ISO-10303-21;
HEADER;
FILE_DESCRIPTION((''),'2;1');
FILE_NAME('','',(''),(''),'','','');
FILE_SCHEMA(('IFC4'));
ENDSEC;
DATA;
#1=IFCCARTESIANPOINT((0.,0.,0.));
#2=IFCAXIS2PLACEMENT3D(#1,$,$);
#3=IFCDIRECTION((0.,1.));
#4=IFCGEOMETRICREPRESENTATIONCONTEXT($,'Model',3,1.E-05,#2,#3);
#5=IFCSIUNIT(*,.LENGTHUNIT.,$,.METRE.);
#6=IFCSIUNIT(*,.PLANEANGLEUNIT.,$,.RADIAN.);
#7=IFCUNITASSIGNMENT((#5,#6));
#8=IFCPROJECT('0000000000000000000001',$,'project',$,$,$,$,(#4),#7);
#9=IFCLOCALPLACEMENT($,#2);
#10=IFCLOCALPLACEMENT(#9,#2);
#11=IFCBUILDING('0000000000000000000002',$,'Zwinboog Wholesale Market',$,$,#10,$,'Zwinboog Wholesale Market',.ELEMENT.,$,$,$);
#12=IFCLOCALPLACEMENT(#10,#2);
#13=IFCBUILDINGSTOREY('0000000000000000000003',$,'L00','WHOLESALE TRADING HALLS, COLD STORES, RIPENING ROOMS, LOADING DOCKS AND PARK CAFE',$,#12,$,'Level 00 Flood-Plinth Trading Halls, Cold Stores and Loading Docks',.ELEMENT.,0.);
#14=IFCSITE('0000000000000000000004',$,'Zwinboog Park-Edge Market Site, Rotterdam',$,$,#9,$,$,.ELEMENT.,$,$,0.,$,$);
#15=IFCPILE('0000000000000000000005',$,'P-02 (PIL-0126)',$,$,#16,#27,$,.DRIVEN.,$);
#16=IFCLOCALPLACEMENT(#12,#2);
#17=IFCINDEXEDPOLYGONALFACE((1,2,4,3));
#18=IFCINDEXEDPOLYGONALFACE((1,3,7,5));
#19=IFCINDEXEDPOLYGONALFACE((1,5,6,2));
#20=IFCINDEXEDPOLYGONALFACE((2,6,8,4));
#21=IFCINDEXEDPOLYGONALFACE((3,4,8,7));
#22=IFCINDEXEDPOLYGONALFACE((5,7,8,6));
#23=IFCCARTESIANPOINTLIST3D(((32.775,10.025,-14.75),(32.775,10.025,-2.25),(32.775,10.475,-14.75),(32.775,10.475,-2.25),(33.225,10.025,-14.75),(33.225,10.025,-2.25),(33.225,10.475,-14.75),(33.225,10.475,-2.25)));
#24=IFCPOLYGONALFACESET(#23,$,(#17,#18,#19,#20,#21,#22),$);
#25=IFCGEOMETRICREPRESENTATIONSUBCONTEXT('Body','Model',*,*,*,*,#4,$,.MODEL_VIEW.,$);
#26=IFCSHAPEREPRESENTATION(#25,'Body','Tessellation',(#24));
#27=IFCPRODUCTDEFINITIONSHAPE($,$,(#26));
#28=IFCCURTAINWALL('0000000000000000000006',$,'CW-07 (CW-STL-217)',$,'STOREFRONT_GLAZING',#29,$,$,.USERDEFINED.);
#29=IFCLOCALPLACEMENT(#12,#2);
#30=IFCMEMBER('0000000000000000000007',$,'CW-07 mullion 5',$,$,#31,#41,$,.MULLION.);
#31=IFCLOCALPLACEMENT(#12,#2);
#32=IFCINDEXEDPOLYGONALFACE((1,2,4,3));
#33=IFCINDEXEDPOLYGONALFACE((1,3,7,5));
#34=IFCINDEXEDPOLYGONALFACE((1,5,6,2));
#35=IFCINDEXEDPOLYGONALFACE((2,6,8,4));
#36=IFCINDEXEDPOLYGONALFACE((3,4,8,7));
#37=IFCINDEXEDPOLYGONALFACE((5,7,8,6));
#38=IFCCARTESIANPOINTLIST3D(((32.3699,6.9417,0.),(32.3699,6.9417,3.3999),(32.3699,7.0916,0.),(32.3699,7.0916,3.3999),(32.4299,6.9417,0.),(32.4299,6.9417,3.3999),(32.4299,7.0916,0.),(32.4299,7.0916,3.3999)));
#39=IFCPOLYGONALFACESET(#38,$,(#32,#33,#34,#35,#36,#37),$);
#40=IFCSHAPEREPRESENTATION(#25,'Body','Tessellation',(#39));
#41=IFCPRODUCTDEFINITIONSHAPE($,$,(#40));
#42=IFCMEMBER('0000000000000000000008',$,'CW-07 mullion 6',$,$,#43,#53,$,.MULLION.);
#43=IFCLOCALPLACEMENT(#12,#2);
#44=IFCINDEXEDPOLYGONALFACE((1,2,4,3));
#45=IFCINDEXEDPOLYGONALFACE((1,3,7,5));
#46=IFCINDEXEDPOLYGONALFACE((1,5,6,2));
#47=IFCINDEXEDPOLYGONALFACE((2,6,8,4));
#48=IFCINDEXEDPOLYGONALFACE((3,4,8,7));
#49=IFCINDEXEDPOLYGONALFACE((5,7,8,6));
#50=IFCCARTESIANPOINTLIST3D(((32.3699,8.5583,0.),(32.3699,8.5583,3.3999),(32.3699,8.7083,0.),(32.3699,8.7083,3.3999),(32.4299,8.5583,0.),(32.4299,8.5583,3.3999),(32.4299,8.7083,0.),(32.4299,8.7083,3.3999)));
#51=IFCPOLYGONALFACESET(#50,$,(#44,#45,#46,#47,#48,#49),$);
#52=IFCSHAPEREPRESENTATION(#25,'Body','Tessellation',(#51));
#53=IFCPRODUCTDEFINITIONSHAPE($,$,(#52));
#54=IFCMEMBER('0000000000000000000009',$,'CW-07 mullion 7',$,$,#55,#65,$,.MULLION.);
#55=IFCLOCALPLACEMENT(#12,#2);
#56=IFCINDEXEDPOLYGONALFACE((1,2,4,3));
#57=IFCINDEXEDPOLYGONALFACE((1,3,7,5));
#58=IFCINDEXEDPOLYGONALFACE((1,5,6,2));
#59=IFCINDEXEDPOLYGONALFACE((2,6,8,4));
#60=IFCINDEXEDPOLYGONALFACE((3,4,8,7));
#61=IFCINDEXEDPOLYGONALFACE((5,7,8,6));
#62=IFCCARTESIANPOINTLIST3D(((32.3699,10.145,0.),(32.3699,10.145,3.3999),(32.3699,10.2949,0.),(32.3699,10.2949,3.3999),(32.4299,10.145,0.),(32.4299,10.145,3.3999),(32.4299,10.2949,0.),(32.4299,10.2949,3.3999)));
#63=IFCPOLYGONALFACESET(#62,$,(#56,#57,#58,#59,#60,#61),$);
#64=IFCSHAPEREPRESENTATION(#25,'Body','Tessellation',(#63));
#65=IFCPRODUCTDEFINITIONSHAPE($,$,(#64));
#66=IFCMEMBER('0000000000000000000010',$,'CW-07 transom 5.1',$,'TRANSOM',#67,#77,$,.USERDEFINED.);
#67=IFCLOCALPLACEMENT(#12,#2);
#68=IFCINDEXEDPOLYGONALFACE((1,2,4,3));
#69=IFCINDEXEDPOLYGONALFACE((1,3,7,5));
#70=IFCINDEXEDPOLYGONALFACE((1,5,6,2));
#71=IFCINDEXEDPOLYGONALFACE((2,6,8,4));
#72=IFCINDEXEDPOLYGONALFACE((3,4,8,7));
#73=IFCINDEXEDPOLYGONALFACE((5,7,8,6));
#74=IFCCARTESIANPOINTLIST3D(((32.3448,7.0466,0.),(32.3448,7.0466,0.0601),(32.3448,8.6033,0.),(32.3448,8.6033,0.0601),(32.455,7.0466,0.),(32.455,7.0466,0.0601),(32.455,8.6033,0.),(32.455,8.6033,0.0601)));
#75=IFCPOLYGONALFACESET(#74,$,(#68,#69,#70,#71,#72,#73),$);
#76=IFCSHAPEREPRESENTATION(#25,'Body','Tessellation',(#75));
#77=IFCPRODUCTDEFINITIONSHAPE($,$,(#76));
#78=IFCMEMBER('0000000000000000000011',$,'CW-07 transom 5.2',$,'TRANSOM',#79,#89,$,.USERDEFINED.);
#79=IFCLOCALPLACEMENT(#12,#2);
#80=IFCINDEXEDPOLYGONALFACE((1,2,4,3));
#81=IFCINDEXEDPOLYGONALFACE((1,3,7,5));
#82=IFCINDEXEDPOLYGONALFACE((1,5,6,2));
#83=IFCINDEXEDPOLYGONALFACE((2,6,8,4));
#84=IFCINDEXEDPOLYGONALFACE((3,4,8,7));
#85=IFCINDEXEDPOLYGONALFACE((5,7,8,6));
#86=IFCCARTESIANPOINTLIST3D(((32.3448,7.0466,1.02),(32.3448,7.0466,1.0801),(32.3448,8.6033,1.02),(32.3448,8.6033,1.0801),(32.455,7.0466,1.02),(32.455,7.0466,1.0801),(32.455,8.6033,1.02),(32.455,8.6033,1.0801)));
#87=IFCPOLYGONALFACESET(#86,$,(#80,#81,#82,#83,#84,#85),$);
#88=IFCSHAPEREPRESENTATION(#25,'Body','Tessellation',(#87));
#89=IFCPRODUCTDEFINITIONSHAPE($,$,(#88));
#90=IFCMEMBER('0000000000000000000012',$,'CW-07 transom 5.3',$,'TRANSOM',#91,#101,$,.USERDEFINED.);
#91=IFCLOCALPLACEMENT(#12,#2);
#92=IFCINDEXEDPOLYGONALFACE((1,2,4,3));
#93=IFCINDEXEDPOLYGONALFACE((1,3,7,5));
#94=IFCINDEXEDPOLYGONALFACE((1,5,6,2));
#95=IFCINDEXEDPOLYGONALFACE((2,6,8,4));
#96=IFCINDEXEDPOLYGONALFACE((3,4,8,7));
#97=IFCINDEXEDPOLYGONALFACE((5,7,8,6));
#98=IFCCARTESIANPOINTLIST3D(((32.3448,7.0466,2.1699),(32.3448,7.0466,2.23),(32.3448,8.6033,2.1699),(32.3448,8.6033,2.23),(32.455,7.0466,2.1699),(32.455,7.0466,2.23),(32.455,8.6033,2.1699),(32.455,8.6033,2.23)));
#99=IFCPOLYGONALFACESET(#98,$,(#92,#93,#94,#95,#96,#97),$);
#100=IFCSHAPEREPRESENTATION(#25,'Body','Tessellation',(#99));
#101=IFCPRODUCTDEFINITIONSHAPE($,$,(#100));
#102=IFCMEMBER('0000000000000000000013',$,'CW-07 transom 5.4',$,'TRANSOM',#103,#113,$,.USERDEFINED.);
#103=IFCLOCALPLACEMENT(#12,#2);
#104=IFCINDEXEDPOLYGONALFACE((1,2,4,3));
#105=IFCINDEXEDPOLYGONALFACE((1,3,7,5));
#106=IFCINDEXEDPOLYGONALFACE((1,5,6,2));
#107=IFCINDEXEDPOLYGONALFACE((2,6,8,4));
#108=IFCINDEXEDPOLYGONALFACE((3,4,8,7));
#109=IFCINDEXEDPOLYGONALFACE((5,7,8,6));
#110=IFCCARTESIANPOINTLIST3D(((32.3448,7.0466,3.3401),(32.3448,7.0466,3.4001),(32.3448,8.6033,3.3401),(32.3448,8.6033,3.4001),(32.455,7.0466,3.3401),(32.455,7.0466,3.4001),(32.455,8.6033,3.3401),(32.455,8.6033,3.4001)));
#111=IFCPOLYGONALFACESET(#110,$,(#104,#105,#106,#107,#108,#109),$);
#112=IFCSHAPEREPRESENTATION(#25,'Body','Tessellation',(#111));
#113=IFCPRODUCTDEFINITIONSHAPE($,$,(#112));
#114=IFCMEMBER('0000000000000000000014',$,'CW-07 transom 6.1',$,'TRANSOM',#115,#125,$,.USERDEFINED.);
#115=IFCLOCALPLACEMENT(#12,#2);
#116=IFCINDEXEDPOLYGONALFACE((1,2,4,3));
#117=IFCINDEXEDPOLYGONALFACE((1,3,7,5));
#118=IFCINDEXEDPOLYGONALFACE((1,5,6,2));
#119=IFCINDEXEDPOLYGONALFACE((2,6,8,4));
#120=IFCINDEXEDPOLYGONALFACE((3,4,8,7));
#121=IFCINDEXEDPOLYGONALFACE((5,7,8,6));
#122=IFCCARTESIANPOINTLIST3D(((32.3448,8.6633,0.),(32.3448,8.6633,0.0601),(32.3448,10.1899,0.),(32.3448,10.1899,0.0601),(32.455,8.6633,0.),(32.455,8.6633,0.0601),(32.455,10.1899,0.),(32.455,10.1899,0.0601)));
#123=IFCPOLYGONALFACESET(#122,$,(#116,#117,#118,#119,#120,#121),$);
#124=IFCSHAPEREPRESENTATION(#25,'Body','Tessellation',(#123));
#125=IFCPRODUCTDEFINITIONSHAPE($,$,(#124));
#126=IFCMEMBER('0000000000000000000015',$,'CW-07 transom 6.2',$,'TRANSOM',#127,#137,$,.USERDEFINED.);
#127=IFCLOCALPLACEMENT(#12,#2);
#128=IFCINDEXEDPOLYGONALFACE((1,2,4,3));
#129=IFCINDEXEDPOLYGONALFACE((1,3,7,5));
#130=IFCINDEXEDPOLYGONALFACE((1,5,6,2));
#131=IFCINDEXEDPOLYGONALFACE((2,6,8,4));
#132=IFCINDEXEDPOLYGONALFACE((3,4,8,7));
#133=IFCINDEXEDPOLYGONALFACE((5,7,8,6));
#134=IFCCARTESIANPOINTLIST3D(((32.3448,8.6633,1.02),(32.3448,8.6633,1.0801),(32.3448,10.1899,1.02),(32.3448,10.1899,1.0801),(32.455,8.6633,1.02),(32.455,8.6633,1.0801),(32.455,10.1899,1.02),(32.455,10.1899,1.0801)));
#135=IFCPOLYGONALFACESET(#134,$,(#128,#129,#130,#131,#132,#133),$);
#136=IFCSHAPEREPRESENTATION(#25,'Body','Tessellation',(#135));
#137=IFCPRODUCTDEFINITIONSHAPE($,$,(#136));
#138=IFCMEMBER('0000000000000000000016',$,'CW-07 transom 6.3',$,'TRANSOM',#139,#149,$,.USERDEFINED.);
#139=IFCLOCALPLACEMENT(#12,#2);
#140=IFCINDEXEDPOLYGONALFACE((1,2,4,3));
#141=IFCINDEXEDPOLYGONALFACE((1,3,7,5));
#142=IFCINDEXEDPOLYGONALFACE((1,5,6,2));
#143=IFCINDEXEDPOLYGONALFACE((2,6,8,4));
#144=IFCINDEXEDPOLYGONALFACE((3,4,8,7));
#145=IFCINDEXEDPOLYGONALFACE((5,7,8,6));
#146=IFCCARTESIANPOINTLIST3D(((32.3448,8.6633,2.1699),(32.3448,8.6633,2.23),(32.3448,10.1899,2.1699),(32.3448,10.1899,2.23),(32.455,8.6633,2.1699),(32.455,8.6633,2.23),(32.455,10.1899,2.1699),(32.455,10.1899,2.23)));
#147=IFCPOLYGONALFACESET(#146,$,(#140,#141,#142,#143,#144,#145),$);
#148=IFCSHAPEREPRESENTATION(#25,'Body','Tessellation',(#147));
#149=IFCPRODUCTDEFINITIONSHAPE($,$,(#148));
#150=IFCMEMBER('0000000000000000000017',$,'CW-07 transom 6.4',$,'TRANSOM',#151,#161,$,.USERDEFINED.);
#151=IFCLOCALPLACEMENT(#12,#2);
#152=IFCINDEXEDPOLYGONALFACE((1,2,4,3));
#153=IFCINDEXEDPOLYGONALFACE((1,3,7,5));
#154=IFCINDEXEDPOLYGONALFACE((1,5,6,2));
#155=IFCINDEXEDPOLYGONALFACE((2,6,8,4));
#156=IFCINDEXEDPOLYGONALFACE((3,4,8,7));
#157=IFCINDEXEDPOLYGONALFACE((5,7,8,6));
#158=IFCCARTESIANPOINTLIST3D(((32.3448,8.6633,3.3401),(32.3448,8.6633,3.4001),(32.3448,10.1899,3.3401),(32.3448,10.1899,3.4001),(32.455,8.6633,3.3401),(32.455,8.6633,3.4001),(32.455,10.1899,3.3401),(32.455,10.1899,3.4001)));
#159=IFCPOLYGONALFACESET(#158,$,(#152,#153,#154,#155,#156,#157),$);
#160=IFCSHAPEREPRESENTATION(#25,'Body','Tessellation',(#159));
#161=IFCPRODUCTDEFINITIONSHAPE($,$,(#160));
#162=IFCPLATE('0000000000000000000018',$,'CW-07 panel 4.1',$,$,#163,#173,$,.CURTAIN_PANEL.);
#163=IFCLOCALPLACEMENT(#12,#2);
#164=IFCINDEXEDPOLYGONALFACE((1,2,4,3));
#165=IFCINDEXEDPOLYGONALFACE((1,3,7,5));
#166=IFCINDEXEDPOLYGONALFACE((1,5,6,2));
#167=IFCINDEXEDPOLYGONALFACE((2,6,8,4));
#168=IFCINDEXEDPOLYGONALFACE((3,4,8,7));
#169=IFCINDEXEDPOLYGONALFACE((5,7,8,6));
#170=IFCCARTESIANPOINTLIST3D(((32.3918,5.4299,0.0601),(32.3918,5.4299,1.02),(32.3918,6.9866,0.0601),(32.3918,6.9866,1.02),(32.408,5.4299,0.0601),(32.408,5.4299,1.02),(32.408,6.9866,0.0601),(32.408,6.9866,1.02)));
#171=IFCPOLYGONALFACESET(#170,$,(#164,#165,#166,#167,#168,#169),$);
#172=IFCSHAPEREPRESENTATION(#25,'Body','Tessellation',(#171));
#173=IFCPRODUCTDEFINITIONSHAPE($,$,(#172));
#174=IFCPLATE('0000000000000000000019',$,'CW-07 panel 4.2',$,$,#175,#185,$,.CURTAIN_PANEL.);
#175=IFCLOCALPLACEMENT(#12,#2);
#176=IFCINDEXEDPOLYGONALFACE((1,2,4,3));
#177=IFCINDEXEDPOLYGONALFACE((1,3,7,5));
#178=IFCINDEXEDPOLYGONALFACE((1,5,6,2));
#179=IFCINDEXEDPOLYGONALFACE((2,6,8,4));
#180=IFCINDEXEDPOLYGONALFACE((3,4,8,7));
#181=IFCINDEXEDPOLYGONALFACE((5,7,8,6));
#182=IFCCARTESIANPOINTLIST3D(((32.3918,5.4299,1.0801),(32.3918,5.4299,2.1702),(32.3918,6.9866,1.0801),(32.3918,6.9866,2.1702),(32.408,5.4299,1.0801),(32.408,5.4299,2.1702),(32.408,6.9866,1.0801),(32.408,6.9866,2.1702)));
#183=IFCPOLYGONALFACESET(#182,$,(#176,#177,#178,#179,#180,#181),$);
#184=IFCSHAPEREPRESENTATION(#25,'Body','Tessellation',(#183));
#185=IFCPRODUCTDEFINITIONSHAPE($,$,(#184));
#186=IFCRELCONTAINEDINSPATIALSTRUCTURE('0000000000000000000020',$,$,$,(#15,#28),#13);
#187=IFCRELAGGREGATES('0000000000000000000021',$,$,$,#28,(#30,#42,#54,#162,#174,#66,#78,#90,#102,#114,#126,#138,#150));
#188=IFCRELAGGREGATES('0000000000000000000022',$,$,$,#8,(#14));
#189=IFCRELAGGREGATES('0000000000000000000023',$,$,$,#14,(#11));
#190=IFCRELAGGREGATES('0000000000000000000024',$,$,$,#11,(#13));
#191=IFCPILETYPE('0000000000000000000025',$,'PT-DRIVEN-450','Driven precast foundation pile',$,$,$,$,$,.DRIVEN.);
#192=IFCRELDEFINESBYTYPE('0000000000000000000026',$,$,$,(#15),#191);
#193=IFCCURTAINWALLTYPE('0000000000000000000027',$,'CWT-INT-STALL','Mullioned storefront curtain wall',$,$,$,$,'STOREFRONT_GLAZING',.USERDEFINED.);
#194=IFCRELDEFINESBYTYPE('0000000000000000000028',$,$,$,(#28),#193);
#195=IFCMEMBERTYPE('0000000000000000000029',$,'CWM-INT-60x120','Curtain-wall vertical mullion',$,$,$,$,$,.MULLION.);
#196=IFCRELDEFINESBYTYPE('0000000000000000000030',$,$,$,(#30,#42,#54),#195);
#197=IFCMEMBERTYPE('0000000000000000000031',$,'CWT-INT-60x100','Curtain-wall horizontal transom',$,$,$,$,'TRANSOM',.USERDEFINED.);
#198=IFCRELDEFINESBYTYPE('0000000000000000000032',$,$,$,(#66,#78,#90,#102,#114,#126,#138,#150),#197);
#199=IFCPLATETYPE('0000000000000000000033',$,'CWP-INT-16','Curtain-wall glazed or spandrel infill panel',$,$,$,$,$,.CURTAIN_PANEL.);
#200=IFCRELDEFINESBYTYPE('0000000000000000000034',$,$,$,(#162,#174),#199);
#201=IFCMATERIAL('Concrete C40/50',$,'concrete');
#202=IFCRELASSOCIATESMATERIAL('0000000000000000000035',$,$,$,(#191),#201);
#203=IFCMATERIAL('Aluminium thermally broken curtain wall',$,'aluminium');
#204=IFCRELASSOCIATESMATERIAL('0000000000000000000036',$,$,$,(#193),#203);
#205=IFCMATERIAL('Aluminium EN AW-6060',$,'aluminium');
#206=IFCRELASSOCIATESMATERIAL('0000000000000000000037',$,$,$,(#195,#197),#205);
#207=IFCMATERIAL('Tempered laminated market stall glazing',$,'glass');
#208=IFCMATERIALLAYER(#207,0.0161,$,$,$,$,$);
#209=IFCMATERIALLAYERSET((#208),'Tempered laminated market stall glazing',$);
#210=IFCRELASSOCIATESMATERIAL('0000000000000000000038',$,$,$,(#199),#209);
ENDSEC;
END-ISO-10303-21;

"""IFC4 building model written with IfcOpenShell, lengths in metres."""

from ifc_helpers import new_model, si_unit, direction, frame, origin, origin_2d, place, context, subcontext, project, spatial, rectangle, extrude, material, layer, layer_set, material_profile, profile_set, type_object, element, aggregate, save


model = new_model("IFC4")

# Units and contexts
model_context = context("Model", 3, precision=1e-05, world=origin(), true_north=direction((0.0, 1.0)))
body_context = subcontext(model_context, "Body", "Model", "MODEL_VIEW")
ifc_project = project(units=[si_unit("LENGTHUNIT", "METRE"), si_unit("PLANEANGLEUNIT", "RADIAN")], contexts=[model_context])

# Site, building, storey
site_placement = place(None, origin())
site = spatial("IfcSite", under=ifc_project, at=site_placement, Name="Zwinboog Park-Edge Market Site, Rotterdam", CompositionType="ELEMENT", RefElevation=0.0)
building_placement = place(site_placement, origin())
building = spatial("IfcBuilding", under=site, at=building_placement, Name="Zwinboog Wholesale Market", LongName="Zwinboog Wholesale Market", CompositionType="ELEMENT")
storey_placement = place(building_placement, origin())
storey = spatial("IfcBuildingStorey", under=building, at=storey_placement, Name="L00", Description="WHOLESALE TRADING HALLS, COLD STORES, RIPENING ROOMS, LOADING DOCKS AND PARK CAFE", LongName="Level 00 Flood-Plinth Trading Halls, Cold Stores and Loading Docks", CompositionType="ELEMENT", Elevation=0.0)

# Pile
ifc_material_1 = material(Name="Concrete C40/50", Category="concrete")
ifc_material_profile_1 = material_profile(ifc_material_1, rectangle(XDim=0.45, YDim=0.45, at=origin_2d()), Name="PILE SQ450")
ifc_profile_set_1 = profile_set([ifc_material_profile_1], Name="Concrete C40/50")
pile_type = type_object("IfcPileType", Name="PT-DRIVEN-450", Description="Driven precast foundation pile", PredefinedType="DRIVEN", material=ifc_profile_set_1)
pile_placement = place(storey_placement, frame((33.0, 10.25, -2.25), z_axis=(0.0, 0.0, -1.0), x_axis=(1.0, 0.0, 0.0)))
element("IfcPile", 1, at=pile_placement, inside=storey, type_object=pile_type, Name="P-02 (PIL-0126)", PredefinedType="DRIVEN", context=body_context, shape_type="SweptSolid", body=[
    extrude(rectangle(XDim=0.45, YDim=0.45, at=origin_2d()), origin(), (0.0, 0.0, 1.0), 12.5),
])

# Curtain wall, members, plates
ifc_material_2 = material(Name="Aluminium thermally broken curtain wall", Category="aluminium")
curtain_wall_type = type_object("IfcCurtainWallType", Name="CWT-INT-STALL", Description="Mullioned storefront curtain wall", ElementType="STOREFRONT_GLAZING", PredefinedType="USERDEFINED", material=ifc_material_2)
curtain_wall_placement = place(storey_placement, origin())
curtain_wall = element("IfcCurtainWall", 2, at=curtain_wall_placement, inside=storey, type_object=curtain_wall_type, Name="CW-07 (CW-STL-217)", ObjectType="STOREFRONT_GLAZING", PredefinedType="USERDEFINED")
ifc_material_3 = material(Name="Aluminium EN AW-6060", Category="aluminium")
ifc_material_profile_2 = material_profile(ifc_material_3, rectangle(XDim=0.0601, YDim=0.1499, at=origin_2d()), Name="AL 60x150")
ifc_profile_set_2 = profile_set([ifc_material_profile_2], Name="Aluminium EN AW-6060")
member_type_1 = type_object("IfcMemberType", Name="CWM-INT-60x120", Description="Curtain-wall vertical mullion", PredefinedType="MULLION", material=ifc_profile_set_2)
member_1_placement = place(storey_placement, frame((32.3999, 7.0166, 0.0), z_axis=(0.0, 0.0, 1.0), x_axis=(-1.0, 0.0, 0.0)))
member_1 = element("IfcMember", 3, at=member_1_placement, type_object=member_type_1, Name="CW-07 mullion 5", PredefinedType="MULLION", context=body_context, shape_type="SweptSolid", body=[
    extrude(rectangle(XDim=0.0601, YDim=0.1499, at=origin_2d()), origin(), (0.0, 0.0, 1.0), 3.3999),
])
member_2_placement = place(storey_placement, frame((32.3999, 8.6333, 0.0), z_axis=(0.0, 0.0, 1.0), x_axis=(-1.0, 0.0, 0.0)))
member_2 = element("IfcMember", 4, at=member_2_placement, type_object=member_type_1, Name="CW-07 mullion 6", PredefinedType="MULLION", context=body_context, shape_type="SweptSolid", body=[
    extrude(rectangle(XDim=0.0601, YDim=0.1499, at=origin_2d()), origin(), (0.0, 0.0, 1.0), 3.3999),
])
member_3_placement = place(storey_placement, frame((32.3999, 10.22, 0.0), z_axis=(0.0, 0.0, 1.0), x_axis=(-1.0, 0.0, 0.0)))
member_3 = element("IfcMember", 5, at=member_3_placement, type_object=member_type_1, Name="CW-07 mullion 7", PredefinedType="MULLION", context=body_context, shape_type="SweptSolid", body=[
    extrude(rectangle(XDim=0.0601, YDim=0.1499, at=origin_2d()), origin(), (0.0, 0.0, 1.0), 3.3999),
])
ifc_material_profile_3 = material_profile(ifc_material_3, rectangle(XDim=0.1101, YDim=0.0601, at=origin_2d()), Name="AL 60x110")
ifc_profile_set_3 = profile_set([ifc_material_profile_3], Name="Aluminium EN AW-6060")
member_type_2 = type_object("IfcMemberType", Name="CWT-INT-60x100", Description="Curtain-wall horizontal transom", ElementType="TRANSOM", PredefinedType="USERDEFINED", material=ifc_profile_set_3)
member_4_placement = place(storey_placement, frame((32.3999, 7.0466, 0.03), z_axis=(0.0, 1.0, 0.0), x_axis=(-1.0, 0.0, 0.0)))
member_4 = element("IfcMember", 6, at=member_4_placement, type_object=member_type_2, Name="CW-07 transom 5.1", ObjectType="TRANSOM", PredefinedType="USERDEFINED", context=body_context, shape_type="SweptSolid", body=[
    extrude(rectangle(XDim=0.1101, YDim=0.0601, at=origin_2d()), origin(), (0.0, 0.0, 1.0), 1.5566),
])
member_5_placement = place(storey_placement, frame((32.3999, 7.0466, 1.05), z_axis=(0.0, 1.0, 0.0), x_axis=(-1.0, 0.0, 0.0)))
member_5 = element("IfcMember", 7, at=member_5_placement, type_object=member_type_2, Name="CW-07 transom 5.2", ObjectType="TRANSOM", PredefinedType="USERDEFINED", context=body_context, shape_type="SweptSolid", body=[
    extrude(rectangle(XDim=0.1101, YDim=0.0601, at=origin_2d()), origin(), (0.0, 0.0, 1.0), 1.5566),
])
member_6_placement = place(storey_placement, frame((32.3999, 7.0466, 2.2), z_axis=(0.0, 1.0, 0.0), x_axis=(-1.0, 0.0, 0.0)))
member_6 = element("IfcMember", 8, at=member_6_placement, type_object=member_type_2, Name="CW-07 transom 5.3", ObjectType="TRANSOM", PredefinedType="USERDEFINED", context=body_context, shape_type="SweptSolid", body=[
    extrude(rectangle(XDim=0.1101, YDim=0.0601, at=origin_2d()), origin(), (0.0, 0.0, 1.0), 1.5566),
])
member_7_placement = place(storey_placement, frame((32.3999, 7.0466, 3.3701), z_axis=(0.0, 1.0, 0.0), x_axis=(-1.0, 0.0, 0.0)))
member_7 = element("IfcMember", 9, at=member_7_placement, type_object=member_type_2, Name="CW-07 transom 5.4", ObjectType="TRANSOM", PredefinedType="USERDEFINED", context=body_context, shape_type="SweptSolid", body=[
    extrude(rectangle(XDim=0.1101, YDim=0.0601, at=origin_2d()), origin(), (0.0, 0.0, 1.0), 1.5566),
])
member_8_placement = place(storey_placement, frame((32.3999, 8.6633, 0.03), z_axis=(0.0, 1.0, 0.0), x_axis=(-1.0, 0.0, 0.0)))
member_8 = element("IfcMember", 10, at=member_8_placement, type_object=member_type_2, Name="CW-07 transom 6.1", ObjectType="TRANSOM", PredefinedType="USERDEFINED", context=body_context, shape_type="SweptSolid", body=[
    extrude(rectangle(XDim=0.1101, YDim=0.0601, at=origin_2d()), origin(), (0.0, 0.0, 1.0), 1.5266),
])
member_9_placement = place(storey_placement, frame((32.3999, 8.6633, 1.05), z_axis=(0.0, 1.0, 0.0), x_axis=(-1.0, 0.0, 0.0)))
member_9 = element("IfcMember", 11, at=member_9_placement, type_object=member_type_2, Name="CW-07 transom 6.2", ObjectType="TRANSOM", PredefinedType="USERDEFINED", context=body_context, shape_type="SweptSolid", body=[
    extrude(rectangle(XDim=0.1101, YDim=0.0601, at=origin_2d()), origin(), (0.0, 0.0, 1.0), 1.5266),
])
member_10_placement = place(storey_placement, frame((32.3999, 8.6633, 2.2), z_axis=(0.0, 1.0, 0.0), x_axis=(-1.0, 0.0, 0.0)))
member_10 = element("IfcMember", 12, at=member_10_placement, type_object=member_type_2, Name="CW-07 transom 6.3", ObjectType="TRANSOM", PredefinedType="USERDEFINED", context=body_context, shape_type="SweptSolid", body=[
    extrude(rectangle(XDim=0.1101, YDim=0.0601, at=origin_2d()), origin(), (0.0, 0.0, 1.0), 1.5266),
])
member_11_placement = place(storey_placement, frame((32.3999, 8.6633, 3.3701), z_axis=(0.0, 1.0, 0.0), x_axis=(-1.0, 0.0, 0.0)))
member_11 = element("IfcMember", 13, at=member_11_placement, type_object=member_type_2, Name="CW-07 transom 6.4", ObjectType="TRANSOM", PredefinedType="USERDEFINED", context=body_context, shape_type="SweptSolid", body=[
    extrude(rectangle(XDim=0.1101, YDim=0.0601, at=origin_2d()), origin(), (0.0, 0.0, 1.0), 1.5266),
])
ifc_material_4 = material(Name="Tempered laminated market stall glazing", Category="glass")
ifc_layer = layer(ifc_material_4, 0.0161)
ifc_layer_set = layer_set([ifc_layer], Name="Tempered laminated market stall glazing")
plate_type = type_object("IfcPlateType", Name="CWP-INT-16", Description="Curtain-wall glazed or spandrel infill panel", PredefinedType="CURTAIN_PANEL", material=ifc_layer_set)
plate_1_placement = place(storey_placement, frame((32.3999, 6.2083, 0.0601), z_axis=(0.0, 0.0, 1.0), x_axis=(0.0, 1.0, 0.0)))
plate_1 = element("IfcPlate", 14, at=plate_1_placement, type_object=plate_type, Name="CW-07 panel 4.1", PredefinedType="CURTAIN_PANEL", context=body_context, shape_type="SweptSolid", body=[
    extrude(rectangle(XDim=1.5566, YDim=0.0161, at=origin_2d()), origin(), (0.0, 0.0, 1.0), 0.96),
])
plate_2_placement = place(storey_placement, frame((32.3999, 6.2083, 1.0801), z_axis=(0.0, 0.0, 1.0), x_axis=(0.0, 1.0, 0.0)))
plate_2 = element("IfcPlate", 15, at=plate_2_placement, type_object=plate_type, Name="CW-07 panel 4.2", PredefinedType="CURTAIN_PANEL", context=body_context, shape_type="SweptSolid", body=[
    extrude(rectangle(XDim=1.5566, YDim=0.0161, at=origin_2d()), origin(), (0.0, 0.0, 1.0), 1.0901),
])
aggregate(curtain_wall, [member_1, member_2, member_3, plate_1, plate_2, member_4, member_5, member_6, member_7, member_8, member_9, member_10, member_11])

save(model, "model.ifc")
